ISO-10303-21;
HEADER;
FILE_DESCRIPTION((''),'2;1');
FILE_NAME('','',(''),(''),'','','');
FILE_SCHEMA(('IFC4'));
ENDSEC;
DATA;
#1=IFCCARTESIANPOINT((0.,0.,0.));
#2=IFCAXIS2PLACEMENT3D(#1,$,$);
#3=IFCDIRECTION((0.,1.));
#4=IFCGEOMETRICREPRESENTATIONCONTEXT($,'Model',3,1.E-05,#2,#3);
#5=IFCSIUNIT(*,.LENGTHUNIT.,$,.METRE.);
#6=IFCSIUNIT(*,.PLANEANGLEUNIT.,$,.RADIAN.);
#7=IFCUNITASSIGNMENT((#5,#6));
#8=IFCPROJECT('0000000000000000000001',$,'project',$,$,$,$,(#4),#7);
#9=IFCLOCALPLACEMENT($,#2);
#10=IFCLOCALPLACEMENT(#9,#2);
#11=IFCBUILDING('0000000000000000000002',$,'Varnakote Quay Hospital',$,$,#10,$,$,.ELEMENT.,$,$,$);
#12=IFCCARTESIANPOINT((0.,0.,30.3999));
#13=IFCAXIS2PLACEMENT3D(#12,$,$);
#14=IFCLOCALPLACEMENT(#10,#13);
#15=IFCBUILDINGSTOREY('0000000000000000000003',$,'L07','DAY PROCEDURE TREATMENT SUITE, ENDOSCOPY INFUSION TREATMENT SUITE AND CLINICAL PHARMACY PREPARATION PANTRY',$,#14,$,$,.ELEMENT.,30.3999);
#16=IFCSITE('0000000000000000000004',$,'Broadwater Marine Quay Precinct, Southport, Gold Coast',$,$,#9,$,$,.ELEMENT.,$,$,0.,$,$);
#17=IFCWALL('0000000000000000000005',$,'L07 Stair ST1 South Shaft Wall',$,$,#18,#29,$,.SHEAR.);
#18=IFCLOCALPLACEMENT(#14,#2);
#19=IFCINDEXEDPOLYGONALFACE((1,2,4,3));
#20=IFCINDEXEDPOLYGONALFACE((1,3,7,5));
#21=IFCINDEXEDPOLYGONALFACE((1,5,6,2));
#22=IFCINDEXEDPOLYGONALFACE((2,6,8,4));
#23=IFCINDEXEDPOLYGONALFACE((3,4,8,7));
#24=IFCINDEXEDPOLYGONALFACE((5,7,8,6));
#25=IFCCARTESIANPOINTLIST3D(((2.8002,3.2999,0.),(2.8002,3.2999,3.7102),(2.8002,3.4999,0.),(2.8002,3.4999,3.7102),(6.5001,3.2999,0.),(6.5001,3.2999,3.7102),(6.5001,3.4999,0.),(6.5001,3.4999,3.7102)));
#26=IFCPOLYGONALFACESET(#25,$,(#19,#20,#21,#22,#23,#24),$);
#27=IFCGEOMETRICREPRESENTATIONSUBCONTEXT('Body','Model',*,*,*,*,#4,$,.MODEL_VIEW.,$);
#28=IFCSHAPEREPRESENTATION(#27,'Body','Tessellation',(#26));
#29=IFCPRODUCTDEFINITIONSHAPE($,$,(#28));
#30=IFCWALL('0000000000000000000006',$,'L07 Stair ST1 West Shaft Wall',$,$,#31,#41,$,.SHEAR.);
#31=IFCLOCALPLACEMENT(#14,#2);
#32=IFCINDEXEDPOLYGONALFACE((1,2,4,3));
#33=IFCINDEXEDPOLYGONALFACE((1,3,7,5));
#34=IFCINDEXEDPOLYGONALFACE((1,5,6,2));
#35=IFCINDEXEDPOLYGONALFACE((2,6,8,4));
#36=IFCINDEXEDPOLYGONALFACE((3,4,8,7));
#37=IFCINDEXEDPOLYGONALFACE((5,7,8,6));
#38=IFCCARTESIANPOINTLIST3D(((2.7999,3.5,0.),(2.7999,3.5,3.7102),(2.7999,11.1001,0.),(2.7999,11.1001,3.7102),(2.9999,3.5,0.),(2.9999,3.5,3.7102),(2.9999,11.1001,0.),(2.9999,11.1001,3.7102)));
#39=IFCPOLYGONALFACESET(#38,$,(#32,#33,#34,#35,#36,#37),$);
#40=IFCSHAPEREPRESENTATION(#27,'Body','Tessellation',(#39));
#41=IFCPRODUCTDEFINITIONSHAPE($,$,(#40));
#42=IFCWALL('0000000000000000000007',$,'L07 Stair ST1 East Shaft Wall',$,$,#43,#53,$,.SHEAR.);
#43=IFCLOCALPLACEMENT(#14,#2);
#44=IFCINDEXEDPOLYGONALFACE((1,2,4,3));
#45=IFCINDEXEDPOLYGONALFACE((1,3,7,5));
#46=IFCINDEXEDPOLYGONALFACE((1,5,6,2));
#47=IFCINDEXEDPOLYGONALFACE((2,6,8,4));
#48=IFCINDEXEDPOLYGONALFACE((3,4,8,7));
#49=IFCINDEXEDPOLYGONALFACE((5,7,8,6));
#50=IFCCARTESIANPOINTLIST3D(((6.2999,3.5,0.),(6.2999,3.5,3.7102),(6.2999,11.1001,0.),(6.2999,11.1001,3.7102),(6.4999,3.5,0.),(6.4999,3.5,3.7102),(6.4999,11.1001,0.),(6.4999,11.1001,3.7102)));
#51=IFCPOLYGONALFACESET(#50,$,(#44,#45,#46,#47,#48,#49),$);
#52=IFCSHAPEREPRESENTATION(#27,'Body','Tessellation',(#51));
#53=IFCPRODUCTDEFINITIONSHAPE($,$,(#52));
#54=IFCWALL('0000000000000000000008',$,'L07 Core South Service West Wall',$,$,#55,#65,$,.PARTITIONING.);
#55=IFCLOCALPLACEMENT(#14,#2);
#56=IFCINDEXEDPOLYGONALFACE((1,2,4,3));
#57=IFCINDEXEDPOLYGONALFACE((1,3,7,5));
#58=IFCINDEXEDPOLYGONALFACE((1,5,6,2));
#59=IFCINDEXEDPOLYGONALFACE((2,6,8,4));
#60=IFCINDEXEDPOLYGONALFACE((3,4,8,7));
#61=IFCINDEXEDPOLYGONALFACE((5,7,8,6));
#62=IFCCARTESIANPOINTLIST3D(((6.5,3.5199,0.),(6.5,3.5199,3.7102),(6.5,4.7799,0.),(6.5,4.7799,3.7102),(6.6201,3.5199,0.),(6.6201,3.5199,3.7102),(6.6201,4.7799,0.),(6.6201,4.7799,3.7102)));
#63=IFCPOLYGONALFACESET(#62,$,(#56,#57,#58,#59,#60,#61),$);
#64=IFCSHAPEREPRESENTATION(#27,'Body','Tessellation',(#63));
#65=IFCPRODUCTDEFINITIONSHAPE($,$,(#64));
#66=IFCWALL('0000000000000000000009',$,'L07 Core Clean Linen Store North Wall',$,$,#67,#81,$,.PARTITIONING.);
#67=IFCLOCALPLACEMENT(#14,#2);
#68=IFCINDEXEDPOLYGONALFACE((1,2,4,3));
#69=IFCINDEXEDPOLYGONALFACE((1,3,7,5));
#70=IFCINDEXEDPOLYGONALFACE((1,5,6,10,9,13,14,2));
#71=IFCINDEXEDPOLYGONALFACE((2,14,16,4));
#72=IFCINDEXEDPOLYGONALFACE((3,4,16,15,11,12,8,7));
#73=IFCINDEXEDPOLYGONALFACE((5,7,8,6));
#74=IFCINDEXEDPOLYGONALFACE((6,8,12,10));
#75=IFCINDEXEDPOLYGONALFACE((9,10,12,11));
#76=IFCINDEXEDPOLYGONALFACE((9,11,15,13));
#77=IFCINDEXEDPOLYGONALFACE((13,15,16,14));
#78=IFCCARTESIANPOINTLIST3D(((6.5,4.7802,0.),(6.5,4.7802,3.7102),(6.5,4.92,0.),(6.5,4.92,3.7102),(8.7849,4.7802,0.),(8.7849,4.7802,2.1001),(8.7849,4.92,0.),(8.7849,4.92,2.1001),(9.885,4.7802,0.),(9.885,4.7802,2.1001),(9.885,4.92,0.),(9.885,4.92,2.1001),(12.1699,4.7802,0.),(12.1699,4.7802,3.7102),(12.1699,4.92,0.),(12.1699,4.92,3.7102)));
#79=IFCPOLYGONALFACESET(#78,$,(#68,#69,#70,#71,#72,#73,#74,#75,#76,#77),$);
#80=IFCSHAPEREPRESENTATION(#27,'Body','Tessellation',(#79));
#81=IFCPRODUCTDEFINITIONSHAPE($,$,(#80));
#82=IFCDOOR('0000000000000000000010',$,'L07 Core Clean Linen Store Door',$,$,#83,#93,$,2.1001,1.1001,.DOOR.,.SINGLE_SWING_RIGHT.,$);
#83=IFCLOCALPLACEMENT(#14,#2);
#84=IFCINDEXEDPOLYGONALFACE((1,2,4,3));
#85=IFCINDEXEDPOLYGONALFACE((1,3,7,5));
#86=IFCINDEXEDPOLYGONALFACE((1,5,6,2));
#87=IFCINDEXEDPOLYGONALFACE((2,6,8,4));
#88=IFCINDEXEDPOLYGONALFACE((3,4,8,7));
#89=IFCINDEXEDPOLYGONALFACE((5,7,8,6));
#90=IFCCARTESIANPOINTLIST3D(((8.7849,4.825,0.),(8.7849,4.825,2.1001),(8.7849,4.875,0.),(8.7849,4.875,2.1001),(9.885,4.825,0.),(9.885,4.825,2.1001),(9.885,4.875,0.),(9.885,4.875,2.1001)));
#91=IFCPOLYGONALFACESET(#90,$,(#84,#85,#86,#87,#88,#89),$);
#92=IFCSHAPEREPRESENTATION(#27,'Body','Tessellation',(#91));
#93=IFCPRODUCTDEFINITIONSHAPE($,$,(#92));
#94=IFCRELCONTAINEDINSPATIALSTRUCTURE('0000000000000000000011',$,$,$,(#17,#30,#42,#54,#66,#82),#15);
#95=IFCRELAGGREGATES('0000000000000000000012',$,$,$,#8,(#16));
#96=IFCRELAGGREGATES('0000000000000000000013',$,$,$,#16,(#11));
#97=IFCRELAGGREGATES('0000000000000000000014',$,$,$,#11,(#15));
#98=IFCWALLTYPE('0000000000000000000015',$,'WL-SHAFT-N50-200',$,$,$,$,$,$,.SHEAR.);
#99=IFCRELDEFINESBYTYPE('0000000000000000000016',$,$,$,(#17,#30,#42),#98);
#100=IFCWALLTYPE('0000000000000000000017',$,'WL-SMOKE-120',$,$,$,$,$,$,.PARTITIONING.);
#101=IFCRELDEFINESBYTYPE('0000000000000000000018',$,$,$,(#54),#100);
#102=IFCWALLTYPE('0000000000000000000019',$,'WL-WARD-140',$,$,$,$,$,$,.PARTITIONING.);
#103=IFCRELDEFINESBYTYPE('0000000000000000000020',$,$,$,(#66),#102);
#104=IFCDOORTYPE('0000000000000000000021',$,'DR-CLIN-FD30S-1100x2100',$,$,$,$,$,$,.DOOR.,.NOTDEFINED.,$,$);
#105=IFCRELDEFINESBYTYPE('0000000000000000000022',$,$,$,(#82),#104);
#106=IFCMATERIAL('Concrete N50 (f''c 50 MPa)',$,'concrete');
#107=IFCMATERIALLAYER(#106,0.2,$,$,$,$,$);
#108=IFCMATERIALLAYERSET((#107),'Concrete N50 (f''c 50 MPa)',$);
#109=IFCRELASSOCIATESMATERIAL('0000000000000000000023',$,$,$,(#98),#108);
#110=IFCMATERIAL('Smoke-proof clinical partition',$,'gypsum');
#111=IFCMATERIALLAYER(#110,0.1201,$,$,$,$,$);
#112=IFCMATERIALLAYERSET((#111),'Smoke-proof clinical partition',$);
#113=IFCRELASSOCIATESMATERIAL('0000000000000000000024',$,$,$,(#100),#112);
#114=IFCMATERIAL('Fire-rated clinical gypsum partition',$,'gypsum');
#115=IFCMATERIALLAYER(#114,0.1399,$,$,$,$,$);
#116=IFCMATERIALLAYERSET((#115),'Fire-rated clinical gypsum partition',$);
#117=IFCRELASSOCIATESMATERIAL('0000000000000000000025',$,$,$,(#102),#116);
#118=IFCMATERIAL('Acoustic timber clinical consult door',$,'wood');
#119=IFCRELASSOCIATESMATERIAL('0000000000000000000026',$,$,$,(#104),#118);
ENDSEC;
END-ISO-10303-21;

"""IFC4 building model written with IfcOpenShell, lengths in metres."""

from ifc_helpers import new_model, si_unit, direction, frame, frame_2d, origin, place, context, subcontext, project, spatial, rectangle, extrude, material, layer, layer_set, type_object, element, fill, save


model = new_model("IFC4")

# Units and contexts
model_context = context("Model", 3, precision=1e-05, world=origin(), true_north=direction((0.0, 1.0)))
body_context = subcontext(model_context, "Body", "Model", "MODEL_VIEW")
ifc_project = project(units=[si_unit("LENGTHUNIT", "METRE"), si_unit("PLANEANGLEUNIT", "RADIAN")], contexts=[model_context])

# Site, building, storey
site_placement = place(None, origin())
site = spatial("IfcSite", under=ifc_project, at=site_placement, Name="Broadwater Marine Quay Precinct, Southport, Gold Coast", CompositionType="ELEMENT", RefElevation=0.0)
building_placement = place(site_placement, origin())
building = spatial("IfcBuilding", under=site, at=building_placement, Name="Varnakote Quay Hospital", CompositionType="ELEMENT")
storey_placement = place(building_placement, frame((0.0, 0.0, 30.3999)))
storey = spatial("IfcBuildingStorey", under=building, at=storey_placement, Name="L07", Description="DAY PROCEDURE TREATMENT SUITE, ENDOSCOPY INFUSION TREATMENT SUITE AND CLINICAL PHARMACY PREPARATION PANTRY", CompositionType="ELEMENT", Elevation=30.3999)

# Walls
ifc_material_1 = material(Name="Concrete N50 (f'c 50 MPa)", Category="concrete")
ifc_layer_1 = layer(ifc_material_1, 0.2)
ifc_layer_set_1 = layer_set([ifc_layer_1], Name="Concrete N50 (f'c 50 MPa)")
wall_type_1 = type_object("IfcWallType", Name="WL-SHAFT-N50-200", PredefinedType="SHEAR", material=ifc_layer_set_1)
wall_1_placement = place(storey_placement, frame((2.8, 3.3999, 0.0), z_axis=(0.0, 0.0, 1.0), x_axis=(1.0, 0.0, 0.0)))
element("IfcWall", 1, at=wall_1_placement, inside=storey, type_object=wall_type_1, Name="L07 Stair ST1 South Shaft Wall", PredefinedType="SHEAR", context=body_context, shape_type="SweptSolid", body=[
    extrude(rectangle(XDim=3.7, YDim=0.2, at=frame_2d((1.8501, 0.0))), origin(), (0.0, 0.0, 1.0), 3.7102),
])
for number, where, z_axis, x_axis, name in (
    (2, (2.8999, 3.5, 0.0), (0.0, 0.0, 1.0), (0.0, 1.0, 0.0), "L07 Stair ST1 West Shaft Wall"),
    (3, (6.3999, 3.5, 0.0), (0.0, 0.0, 1.0), (0.0, 1.0, 0.0), "L07 Stair ST1 East Shaft Wall"),
):
    element("IfcWall", number, at=place(storey_placement, frame(where, z_axis=z_axis, x_axis=x_axis)), inside=storey, type_object=wall_type_1, Name=name, PredefinedType="SHEAR", context=body_context, shape_type="SweptSolid", body=[
        extrude(rectangle(XDim=7.6001, YDim=0.2, at=frame_2d((3.8, 0.0))), origin(), (0.0, 0.0, 1.0), 3.7102),
    ])
ifc_material_2 = material(Name="Smoke-proof clinical partition", Category="gypsum")
ifc_layer_2 = layer(ifc_material_2, 0.1201)
ifc_layer_set_2 = layer_set([ifc_layer_2], Name="Smoke-proof clinical partition")
wall_type_2 = type_object("IfcWallType", Name="WL-SMOKE-120", PredefinedType="PARTITIONING", material=ifc_layer_set_2)
wall_2_placement = place(storey_placement, frame((6.5601, 3.52, 0.0), z_axis=(0.0, 0.0, 1.0), x_axis=(0.0, 1.0, 0.0)))
element("IfcWall", 4, at=wall_2_placement, inside=storey, type_object=wall_type_2, Name="L07 Core South Service West Wall", PredefinedType="PARTITIONING", context=body_context, shape_type="SweptSolid", body=[
    extrude(rectangle(XDim=1.26, YDim=0.1201, at=frame_2d((0.6299, 0.0))), origin(), (0.0, 0.0, 1.0), 3.7102),
])

# Wall, opening, door
ifc_material_3 = material(Name="Fire-rated clinical gypsum partition", Category="gypsum")
ifc_layer_3 = layer(ifc_material_3, 0.1399)
ifc_layer_set_3 = layer_set([ifc_layer_3], Name="Fire-rated clinical gypsum partition")
wall_type_3 = type_object("IfcWallType", Name="WL-WARD-140", PredefinedType="PARTITIONING", material=ifc_layer_set_3)
wall_3_placement = place(storey_placement, frame((6.5, 4.8501, 0.0), z_axis=(0.0, 0.0, 1.0), x_axis=(1.0, 0.0, 0.0)))
wall_3 = element("IfcWall", 5, at=wall_3_placement, inside=storey, type_object=wall_type_3, Name="L07 Core Clean Linen Store North Wall", PredefinedType="PARTITIONING", context=body_context, shape_type="SweptSolid", body=[
    extrude(rectangle(XDim=5.6699, YDim=0.1399, at=frame_2d((2.835, 0.0))), origin(), (0.0, 0.0, 1.0), 3.7102),
])
opening_1_placement = place(wall_3_placement, frame((2.2849, 0.0, 0.0)))
opening_1 = element("IfcOpeningElement", 6, at=opening_1_placement, cuts=wall_3, PredefinedType="OPENING", context=body_context, shape_type="SweptSolid", body=[
    extrude(rectangle(XDim=1.1001, YDim=2.1001, at=frame_2d((0.55, 1.05))), frame((0.0, 0.0798, 0.0), z_axis=(0.0, -1.0, 0.0), x_axis=(1.0, 0.0, 0.0)), (0.0, 0.0, 1.0), 0.1599),
])
ifc_material_4 = material(Name="Acoustic timber clinical consult door", Category="wood")
door_type = type_object("IfcDoorType", Name="DR-CLIN-FD30S-1100x2100", OperationType="NOTDEFINED", PredefinedType="DOOR", material=ifc_material_4)
door_placement = place(opening_1_placement, origin())
door = element("IfcDoor", 7, at=door_placement, inside=storey, type_object=door_type, Name="L07 Core Clean Linen Store Door", OperationType="SINGLE_SWING_RIGHT", OverallHeight=2.1001, OverallWidth=1.1001, PredefinedType="DOOR", context=body_context, shape_type="SweptSolid", body=[
    extrude(rectangle(XDim=1.1001, YDim=2.1001, at=frame_2d((0.55, 1.05))), frame((0.0, 0.0249, 0.0), z_axis=(0.0, -1.0, 0.0), x_axis=(1.0, 0.0, 0.0)), (0.0, 0.0, 1.0), 0.05),
])
fill(opening_1, door)

save(model, "model.ifc")
